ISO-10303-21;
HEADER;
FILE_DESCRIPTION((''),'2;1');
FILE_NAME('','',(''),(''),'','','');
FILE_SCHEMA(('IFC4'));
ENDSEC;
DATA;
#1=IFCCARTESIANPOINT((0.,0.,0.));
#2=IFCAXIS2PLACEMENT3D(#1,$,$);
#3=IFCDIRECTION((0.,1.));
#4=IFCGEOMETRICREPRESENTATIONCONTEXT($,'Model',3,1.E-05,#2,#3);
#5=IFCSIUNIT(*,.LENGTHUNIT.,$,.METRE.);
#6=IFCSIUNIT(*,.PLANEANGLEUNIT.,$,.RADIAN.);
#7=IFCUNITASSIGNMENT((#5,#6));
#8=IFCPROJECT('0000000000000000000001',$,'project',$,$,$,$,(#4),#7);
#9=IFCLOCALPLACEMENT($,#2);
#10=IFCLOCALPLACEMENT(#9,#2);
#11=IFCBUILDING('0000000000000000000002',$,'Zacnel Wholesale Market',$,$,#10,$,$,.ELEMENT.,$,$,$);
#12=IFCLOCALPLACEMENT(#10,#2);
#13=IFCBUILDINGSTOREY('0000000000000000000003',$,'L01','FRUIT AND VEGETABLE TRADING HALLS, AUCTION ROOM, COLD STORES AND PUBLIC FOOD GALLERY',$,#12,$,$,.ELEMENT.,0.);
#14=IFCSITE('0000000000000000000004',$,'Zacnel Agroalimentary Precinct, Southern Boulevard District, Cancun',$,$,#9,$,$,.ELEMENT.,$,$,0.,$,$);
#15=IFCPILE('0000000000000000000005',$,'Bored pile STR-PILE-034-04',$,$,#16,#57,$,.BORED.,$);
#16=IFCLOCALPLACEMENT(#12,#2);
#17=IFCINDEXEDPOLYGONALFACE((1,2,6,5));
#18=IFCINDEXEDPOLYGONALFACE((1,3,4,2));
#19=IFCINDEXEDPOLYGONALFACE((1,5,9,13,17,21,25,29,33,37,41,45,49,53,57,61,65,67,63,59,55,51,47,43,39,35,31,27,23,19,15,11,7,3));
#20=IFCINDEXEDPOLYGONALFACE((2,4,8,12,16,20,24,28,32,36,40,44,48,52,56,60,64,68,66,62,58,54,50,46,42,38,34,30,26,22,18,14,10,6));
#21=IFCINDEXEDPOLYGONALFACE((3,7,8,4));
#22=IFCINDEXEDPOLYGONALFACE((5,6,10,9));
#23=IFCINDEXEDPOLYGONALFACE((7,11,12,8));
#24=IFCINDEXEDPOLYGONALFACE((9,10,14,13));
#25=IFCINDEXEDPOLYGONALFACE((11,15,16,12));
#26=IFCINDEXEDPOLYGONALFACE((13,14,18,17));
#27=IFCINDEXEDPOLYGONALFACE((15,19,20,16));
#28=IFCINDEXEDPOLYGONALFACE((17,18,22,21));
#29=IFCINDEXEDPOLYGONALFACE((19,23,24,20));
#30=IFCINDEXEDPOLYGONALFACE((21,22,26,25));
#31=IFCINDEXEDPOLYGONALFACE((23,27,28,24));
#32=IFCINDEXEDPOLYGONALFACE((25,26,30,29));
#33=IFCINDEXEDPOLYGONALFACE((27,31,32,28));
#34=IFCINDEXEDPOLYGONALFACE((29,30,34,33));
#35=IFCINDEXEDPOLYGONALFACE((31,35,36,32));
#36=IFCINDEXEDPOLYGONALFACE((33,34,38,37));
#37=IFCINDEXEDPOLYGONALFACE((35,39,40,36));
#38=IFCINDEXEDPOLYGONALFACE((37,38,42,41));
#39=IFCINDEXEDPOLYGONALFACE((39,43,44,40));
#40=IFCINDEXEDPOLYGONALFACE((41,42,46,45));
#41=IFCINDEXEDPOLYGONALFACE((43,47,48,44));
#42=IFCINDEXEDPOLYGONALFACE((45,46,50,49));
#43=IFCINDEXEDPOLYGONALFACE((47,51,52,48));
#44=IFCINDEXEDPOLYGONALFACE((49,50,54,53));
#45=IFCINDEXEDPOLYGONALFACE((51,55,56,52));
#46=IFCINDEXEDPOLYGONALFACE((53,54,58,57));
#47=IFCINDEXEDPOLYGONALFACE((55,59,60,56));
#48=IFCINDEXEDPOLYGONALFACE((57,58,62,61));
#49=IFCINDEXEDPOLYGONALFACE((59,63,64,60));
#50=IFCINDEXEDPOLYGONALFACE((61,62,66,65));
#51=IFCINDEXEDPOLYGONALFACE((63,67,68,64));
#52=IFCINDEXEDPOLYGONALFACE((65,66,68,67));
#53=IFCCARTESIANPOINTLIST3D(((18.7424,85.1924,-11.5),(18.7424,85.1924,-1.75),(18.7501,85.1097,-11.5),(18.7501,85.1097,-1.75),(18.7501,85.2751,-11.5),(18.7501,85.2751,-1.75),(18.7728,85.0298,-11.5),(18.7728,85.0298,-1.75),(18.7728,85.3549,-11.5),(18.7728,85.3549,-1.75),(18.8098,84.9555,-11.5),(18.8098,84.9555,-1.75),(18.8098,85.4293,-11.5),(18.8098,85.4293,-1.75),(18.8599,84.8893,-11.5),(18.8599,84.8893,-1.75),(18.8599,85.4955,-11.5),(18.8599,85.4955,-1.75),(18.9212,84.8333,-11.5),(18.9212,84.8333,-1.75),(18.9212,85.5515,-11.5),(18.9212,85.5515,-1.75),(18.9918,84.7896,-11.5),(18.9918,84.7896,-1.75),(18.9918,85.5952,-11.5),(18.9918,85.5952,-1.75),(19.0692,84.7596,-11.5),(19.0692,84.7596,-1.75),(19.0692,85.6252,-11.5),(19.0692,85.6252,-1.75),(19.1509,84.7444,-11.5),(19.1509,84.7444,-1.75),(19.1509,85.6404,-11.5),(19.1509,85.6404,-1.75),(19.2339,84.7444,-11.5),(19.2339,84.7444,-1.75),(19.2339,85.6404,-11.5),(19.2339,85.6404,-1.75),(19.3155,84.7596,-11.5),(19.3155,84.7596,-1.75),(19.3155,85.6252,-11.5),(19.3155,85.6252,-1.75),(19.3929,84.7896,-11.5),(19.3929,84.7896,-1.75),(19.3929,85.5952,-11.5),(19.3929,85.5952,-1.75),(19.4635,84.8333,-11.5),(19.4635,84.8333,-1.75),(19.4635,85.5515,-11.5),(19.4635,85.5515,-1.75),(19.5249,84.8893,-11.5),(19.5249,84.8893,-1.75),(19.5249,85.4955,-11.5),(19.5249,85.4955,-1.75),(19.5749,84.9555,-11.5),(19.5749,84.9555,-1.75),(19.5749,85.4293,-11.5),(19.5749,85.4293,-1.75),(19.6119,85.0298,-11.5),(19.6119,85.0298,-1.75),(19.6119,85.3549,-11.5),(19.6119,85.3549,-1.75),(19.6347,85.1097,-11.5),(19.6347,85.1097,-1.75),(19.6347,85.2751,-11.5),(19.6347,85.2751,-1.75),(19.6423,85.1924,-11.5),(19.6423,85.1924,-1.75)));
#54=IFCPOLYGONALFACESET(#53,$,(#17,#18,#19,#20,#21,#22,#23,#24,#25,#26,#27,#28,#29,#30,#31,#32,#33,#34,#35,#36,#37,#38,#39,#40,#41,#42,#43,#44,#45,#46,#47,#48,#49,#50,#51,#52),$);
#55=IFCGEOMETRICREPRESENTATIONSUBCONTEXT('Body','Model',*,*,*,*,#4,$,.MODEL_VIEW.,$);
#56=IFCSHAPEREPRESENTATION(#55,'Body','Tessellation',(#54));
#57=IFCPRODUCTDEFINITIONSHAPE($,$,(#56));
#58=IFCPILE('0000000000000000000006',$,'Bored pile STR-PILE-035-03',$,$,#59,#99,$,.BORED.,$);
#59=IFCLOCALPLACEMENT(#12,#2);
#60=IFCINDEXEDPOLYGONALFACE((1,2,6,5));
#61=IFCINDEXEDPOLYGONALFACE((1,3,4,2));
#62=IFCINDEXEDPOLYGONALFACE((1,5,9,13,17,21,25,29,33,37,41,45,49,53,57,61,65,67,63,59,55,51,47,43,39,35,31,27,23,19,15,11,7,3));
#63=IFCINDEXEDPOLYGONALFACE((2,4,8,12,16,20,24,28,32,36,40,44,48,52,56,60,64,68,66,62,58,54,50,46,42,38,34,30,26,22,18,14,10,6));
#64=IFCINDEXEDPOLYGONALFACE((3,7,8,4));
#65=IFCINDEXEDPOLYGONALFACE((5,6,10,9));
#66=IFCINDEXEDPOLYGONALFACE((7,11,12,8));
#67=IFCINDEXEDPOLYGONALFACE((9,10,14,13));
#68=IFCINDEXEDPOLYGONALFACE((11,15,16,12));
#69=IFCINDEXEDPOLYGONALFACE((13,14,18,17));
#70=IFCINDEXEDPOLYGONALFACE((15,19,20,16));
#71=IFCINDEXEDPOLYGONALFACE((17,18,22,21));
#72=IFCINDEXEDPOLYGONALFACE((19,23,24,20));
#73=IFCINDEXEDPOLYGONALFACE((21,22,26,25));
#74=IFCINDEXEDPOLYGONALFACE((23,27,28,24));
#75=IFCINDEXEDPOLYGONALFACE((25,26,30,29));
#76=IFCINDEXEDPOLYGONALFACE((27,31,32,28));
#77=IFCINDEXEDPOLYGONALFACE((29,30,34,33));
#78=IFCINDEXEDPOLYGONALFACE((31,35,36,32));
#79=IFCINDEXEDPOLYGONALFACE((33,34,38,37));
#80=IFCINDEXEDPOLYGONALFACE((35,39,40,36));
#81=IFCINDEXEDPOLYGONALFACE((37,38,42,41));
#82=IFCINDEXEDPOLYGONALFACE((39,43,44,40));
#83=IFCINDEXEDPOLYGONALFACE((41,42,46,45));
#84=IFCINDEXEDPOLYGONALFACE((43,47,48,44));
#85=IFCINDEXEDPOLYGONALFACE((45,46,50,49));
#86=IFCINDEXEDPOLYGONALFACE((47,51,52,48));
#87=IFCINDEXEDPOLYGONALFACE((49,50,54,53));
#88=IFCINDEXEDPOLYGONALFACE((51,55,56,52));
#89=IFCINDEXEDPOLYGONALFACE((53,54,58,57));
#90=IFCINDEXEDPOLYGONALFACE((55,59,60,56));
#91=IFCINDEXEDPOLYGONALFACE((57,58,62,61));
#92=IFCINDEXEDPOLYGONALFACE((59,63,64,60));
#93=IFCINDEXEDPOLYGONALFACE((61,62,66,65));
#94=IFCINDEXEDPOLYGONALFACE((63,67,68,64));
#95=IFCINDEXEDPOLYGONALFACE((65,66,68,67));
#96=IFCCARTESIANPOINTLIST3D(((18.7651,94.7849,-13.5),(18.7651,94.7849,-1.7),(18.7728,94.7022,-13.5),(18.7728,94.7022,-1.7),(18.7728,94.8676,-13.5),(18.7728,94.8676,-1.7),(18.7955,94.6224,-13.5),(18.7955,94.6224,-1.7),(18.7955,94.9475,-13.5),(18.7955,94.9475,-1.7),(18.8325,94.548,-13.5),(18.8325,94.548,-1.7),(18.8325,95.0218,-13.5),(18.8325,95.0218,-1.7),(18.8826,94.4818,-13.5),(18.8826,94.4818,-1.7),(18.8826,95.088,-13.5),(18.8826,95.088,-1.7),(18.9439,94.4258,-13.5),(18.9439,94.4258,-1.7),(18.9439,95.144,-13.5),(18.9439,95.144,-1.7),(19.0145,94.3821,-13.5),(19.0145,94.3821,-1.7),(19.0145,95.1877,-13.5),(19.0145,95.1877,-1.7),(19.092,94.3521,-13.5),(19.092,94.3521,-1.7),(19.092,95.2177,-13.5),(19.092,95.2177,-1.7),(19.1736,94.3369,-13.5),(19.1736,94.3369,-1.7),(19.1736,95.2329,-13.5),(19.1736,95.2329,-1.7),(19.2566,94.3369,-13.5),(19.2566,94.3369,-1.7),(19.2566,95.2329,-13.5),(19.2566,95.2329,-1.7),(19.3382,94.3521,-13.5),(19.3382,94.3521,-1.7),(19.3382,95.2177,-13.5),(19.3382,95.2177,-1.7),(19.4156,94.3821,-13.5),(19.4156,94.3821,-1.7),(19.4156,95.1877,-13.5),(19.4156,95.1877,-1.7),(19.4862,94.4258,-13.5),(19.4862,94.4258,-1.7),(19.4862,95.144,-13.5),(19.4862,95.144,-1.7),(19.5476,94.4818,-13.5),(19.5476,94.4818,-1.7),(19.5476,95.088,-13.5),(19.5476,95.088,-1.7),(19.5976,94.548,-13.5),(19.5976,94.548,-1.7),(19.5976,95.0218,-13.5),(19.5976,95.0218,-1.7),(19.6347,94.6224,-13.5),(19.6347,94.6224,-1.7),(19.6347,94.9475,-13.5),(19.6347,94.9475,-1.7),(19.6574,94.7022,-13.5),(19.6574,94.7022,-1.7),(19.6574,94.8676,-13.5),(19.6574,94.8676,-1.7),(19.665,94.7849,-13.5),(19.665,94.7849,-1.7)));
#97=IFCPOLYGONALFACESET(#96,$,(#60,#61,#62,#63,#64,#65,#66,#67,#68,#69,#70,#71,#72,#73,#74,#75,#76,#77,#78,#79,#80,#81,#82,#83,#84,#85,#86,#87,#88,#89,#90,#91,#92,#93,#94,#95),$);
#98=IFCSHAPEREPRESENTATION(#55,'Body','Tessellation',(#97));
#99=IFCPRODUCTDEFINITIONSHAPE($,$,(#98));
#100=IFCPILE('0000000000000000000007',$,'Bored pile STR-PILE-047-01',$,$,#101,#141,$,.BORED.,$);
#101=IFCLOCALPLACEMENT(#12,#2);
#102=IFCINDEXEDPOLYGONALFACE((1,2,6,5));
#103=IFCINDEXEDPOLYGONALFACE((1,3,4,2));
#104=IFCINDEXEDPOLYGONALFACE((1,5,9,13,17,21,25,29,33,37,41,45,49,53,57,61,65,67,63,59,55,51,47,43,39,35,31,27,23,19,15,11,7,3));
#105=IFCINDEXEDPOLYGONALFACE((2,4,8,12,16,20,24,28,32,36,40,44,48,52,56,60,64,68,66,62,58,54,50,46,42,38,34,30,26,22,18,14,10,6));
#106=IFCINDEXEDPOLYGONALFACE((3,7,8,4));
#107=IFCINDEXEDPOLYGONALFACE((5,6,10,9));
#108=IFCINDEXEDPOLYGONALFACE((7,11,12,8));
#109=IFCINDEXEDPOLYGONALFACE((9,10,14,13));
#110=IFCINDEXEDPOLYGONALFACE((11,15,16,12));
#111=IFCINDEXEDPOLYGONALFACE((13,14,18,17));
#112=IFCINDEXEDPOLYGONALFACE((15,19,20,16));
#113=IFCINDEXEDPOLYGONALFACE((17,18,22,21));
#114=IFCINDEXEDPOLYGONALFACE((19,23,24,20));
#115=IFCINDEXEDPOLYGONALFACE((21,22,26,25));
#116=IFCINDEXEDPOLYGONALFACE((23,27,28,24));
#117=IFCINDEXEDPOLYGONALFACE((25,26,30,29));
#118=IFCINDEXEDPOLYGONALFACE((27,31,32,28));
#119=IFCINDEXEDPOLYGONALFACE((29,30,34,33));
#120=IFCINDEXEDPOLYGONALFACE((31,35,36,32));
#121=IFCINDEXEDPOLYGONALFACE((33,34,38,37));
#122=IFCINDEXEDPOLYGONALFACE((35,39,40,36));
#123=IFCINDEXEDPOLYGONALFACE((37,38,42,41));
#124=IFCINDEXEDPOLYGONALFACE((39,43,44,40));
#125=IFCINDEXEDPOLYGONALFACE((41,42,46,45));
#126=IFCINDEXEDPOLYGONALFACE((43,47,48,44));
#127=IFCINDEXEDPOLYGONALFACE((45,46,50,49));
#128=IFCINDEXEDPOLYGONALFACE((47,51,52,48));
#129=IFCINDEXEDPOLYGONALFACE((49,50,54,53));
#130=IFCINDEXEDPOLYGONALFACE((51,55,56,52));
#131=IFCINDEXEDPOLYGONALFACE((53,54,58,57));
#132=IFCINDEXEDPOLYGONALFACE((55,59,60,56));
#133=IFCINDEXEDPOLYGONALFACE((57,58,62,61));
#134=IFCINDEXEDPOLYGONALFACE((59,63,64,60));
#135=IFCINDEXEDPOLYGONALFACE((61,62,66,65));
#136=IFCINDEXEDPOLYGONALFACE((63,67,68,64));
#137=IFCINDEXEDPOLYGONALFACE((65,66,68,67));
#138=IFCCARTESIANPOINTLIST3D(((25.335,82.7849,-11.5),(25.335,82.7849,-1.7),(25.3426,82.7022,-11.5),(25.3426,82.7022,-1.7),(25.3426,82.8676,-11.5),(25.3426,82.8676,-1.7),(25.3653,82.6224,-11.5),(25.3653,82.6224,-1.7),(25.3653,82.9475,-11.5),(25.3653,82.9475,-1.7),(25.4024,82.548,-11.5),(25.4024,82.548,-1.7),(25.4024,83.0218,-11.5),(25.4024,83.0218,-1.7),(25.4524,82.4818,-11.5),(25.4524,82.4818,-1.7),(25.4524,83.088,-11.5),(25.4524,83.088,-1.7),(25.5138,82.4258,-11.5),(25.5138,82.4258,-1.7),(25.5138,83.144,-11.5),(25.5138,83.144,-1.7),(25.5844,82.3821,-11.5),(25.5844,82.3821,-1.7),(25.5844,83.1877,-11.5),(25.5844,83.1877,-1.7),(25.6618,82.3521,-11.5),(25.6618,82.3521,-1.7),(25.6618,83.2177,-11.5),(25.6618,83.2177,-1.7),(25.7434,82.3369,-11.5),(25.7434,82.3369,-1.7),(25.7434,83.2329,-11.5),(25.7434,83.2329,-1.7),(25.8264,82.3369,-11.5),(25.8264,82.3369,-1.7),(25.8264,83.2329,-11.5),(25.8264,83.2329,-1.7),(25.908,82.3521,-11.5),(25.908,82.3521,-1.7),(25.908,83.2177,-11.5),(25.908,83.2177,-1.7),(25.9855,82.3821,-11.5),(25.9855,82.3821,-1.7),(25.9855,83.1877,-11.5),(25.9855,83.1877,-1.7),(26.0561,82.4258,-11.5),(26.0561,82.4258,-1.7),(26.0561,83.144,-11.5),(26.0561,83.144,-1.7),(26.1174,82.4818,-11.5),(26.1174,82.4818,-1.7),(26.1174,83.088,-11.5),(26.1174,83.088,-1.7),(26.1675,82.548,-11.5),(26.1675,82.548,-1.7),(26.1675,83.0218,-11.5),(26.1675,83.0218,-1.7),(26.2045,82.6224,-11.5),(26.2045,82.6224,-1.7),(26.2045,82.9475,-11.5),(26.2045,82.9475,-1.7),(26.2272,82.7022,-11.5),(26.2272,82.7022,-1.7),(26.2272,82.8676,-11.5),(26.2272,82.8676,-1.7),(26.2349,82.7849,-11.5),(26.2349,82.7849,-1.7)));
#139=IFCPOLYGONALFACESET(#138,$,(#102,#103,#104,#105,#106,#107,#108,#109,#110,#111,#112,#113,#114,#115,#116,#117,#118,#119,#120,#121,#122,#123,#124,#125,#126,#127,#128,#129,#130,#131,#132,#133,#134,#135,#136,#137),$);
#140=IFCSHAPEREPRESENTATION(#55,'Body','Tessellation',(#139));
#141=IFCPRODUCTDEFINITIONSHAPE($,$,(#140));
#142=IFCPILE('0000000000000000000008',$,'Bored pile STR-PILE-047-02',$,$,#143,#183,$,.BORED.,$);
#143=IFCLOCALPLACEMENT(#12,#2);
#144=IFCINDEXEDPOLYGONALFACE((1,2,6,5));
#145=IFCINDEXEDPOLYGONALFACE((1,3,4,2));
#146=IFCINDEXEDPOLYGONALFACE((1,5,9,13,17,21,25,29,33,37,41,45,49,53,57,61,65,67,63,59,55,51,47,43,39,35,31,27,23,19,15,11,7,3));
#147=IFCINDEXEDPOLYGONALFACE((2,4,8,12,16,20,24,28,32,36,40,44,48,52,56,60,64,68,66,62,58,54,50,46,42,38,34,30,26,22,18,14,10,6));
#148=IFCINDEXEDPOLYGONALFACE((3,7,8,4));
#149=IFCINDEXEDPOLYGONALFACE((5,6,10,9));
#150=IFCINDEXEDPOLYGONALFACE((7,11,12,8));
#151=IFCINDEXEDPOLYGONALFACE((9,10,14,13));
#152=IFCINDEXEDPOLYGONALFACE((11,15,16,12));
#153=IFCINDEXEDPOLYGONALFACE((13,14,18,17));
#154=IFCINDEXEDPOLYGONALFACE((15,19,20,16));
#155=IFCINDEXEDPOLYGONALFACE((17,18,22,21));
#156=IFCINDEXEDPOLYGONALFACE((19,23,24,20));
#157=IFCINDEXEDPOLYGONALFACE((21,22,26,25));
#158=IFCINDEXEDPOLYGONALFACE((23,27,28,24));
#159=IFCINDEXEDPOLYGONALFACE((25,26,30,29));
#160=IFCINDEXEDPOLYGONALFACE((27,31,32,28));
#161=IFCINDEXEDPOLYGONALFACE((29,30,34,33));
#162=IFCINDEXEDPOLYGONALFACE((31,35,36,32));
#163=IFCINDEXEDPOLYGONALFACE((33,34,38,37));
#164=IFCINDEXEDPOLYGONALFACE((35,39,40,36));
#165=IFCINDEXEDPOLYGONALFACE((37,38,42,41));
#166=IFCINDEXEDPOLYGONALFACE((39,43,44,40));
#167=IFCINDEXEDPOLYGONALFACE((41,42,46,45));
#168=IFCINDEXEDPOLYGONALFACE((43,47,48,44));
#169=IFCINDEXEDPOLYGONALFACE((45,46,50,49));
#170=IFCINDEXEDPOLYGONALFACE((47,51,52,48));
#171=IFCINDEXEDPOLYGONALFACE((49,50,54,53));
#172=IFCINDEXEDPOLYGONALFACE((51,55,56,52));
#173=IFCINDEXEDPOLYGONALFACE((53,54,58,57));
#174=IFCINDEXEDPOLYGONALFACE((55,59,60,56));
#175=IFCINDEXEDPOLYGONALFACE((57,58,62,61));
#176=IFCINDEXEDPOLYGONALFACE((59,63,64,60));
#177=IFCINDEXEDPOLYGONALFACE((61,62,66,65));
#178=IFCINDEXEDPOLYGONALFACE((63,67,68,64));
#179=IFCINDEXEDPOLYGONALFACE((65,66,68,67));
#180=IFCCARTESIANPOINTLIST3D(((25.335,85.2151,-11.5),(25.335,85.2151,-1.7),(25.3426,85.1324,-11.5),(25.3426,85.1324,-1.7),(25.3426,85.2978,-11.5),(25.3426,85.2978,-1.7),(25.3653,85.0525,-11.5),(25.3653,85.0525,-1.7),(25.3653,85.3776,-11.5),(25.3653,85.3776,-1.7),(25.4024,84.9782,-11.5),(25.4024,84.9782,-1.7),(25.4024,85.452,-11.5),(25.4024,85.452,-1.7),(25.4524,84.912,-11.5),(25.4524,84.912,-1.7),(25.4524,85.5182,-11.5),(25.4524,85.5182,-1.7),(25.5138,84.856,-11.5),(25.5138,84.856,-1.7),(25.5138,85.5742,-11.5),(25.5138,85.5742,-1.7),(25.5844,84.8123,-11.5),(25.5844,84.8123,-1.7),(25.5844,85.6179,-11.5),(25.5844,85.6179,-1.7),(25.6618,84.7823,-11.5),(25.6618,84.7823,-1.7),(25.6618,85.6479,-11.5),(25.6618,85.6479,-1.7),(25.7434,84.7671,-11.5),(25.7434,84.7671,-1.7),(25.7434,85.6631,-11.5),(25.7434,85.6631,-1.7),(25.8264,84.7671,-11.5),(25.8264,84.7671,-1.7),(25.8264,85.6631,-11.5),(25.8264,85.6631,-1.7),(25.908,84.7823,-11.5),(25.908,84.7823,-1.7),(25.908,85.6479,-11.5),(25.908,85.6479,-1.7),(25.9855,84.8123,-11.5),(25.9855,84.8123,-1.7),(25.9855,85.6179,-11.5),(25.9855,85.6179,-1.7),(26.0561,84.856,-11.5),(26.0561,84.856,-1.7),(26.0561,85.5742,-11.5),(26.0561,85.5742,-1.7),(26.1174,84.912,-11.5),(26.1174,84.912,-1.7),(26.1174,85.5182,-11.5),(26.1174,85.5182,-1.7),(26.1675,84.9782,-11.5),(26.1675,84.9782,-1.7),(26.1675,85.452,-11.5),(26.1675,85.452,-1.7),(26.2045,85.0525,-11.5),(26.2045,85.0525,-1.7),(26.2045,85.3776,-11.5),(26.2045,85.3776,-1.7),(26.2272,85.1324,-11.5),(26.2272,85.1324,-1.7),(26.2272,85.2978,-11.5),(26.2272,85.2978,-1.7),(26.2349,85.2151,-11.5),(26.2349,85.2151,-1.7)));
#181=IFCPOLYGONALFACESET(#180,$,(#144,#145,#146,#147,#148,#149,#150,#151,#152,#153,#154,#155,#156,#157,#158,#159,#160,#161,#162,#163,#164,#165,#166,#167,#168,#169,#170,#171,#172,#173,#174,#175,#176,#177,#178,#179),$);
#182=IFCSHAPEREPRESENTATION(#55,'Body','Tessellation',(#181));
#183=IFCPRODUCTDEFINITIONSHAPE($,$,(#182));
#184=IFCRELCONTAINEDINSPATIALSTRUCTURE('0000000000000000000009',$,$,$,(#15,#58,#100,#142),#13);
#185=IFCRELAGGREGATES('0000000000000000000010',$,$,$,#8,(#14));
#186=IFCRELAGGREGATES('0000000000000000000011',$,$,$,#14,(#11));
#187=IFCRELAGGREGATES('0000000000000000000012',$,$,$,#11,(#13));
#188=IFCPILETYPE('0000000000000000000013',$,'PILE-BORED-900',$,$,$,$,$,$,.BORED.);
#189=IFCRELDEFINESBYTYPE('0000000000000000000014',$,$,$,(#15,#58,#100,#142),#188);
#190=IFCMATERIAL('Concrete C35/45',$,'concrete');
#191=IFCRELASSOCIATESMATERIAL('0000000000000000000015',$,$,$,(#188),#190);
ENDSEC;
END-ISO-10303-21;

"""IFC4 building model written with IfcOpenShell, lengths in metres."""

from ifc_helpers import new_model, si_unit, direction, frame, origin, origin_2d, place, context, subcontext, project, spatial, circle, extrude, material, material_profile, profile_set, type_object, element, save


model = new_model("IFC4")

# Units and contexts
model_context = context("Model", 3, precision=1e-05, world=origin(), true_north=direction((0.0, 1.0)))
body_context = subcontext(model_context, "Body", "Model", "MODEL_VIEW")
ifc_project = project(units=[si_unit("LENGTHUNIT", "METRE"), si_unit("PLANEANGLEUNIT", "RADIAN")], contexts=[model_context])

# Site, building, storey
site_placement = place(None, origin())
site = spatial("IfcSite", under=ifc_project, at=site_placement, Name="Zacnel Agroalimentary Precinct, Southern Boulevard District, Cancun", CompositionType="ELEMENT", RefElevation=0.0)
building_placement = place(site_placement, origin())
building = spatial("IfcBuilding", under=site, at=building_placement, Name="Zacnel Wholesale Market", CompositionType="ELEMENT")
storey_placement = place(building_placement, origin())
storey = spatial("IfcBuildingStorey", under=building, at=storey_placement, Name="L01", Description="FRUIT AND VEGETABLE TRADING HALLS, AUCTION ROOM, COLD STORES AND PUBLIC FOOD GALLERY", CompositionType="ELEMENT", Elevation=0.0)

# Piles
ifc_material_1 = material(Name="Concrete C35/45", Category="concrete")
ifc_material_profile_1 = material_profile(ifc_material_1, circle(Radius=0.45, at=origin_2d()), Name="BORED PILE D900")
ifc_profile_set_1 = profile_set([ifc_material_profile_1], Name="Concrete C35/45")
pile_type = type_object("IfcPileType", Name="PILE-BORED-900", PredefinedType="BORED", material=ifc_profile_set_1)
for number, where, z_axis, x_axis, name in (
    (1, (19.1924, 85.1924, -1.75), (0.0, 0.0, -1.0), (1.0, 0.0, 0.0), "Bored pile STR-PILE-034-04"),
):
    element("IfcPile", number, at=place(storey_placement, frame(where, z_axis=z_axis, x_axis=x_axis)), inside=storey, type_object=pile_type, Name=name, PredefinedType="BORED", context=body_context, shape_type="SweptSolid", body=[
        extrude(circle(Radius=0.45, at=origin_2d()), origin(), (0.0, 0.0, 1.0), 9.75),
    ])
pile_placement = place(storey_placement, frame((19.2151, 94.7849, -1.7), z_axis=(0.0, 0.0, -1.0), x_axis=(1.0, 0.0, 0.0)))
element("IfcPile", 2, at=pile_placement, inside=storey, type_object=pile_type, Name="Bored pile STR-PILE-035-03", PredefinedType="BORED", context=body_context, shape_type="SweptSolid", body=[
    extrude(circle(Radius=0.45, at=origin_2d()), origin(), (0.0, 0.0, 1.0), 11.8),
])
for number, where, z_axis, x_axis, name in (
    (3, (25.7849, 82.7849, -1.7), (0.0, 0.0, -1.0), (1.0, 0.0, 0.0), "Bored pile STR-PILE-047-01"),
    (4, (25.7849, 85.2151, -1.7), (0.0, 0.0, -1.0), (1.0, 0.0, 0.0), "Bored pile STR-PILE-047-02"),
):
    element("IfcPile", number, at=place(storey_placement, frame(where, z_axis=z_axis, x_axis=x_axis)), inside=storey, type_object=pile_type, Name=name, PredefinedType="BORED", context=body_context, shape_type="SweptSolid", body=[
        extrude(circle(Radius=0.45, at=origin_2d()), origin(), (0.0, 0.0, 1.0), 9.8),
    ])

save(model, "model.ifc")
